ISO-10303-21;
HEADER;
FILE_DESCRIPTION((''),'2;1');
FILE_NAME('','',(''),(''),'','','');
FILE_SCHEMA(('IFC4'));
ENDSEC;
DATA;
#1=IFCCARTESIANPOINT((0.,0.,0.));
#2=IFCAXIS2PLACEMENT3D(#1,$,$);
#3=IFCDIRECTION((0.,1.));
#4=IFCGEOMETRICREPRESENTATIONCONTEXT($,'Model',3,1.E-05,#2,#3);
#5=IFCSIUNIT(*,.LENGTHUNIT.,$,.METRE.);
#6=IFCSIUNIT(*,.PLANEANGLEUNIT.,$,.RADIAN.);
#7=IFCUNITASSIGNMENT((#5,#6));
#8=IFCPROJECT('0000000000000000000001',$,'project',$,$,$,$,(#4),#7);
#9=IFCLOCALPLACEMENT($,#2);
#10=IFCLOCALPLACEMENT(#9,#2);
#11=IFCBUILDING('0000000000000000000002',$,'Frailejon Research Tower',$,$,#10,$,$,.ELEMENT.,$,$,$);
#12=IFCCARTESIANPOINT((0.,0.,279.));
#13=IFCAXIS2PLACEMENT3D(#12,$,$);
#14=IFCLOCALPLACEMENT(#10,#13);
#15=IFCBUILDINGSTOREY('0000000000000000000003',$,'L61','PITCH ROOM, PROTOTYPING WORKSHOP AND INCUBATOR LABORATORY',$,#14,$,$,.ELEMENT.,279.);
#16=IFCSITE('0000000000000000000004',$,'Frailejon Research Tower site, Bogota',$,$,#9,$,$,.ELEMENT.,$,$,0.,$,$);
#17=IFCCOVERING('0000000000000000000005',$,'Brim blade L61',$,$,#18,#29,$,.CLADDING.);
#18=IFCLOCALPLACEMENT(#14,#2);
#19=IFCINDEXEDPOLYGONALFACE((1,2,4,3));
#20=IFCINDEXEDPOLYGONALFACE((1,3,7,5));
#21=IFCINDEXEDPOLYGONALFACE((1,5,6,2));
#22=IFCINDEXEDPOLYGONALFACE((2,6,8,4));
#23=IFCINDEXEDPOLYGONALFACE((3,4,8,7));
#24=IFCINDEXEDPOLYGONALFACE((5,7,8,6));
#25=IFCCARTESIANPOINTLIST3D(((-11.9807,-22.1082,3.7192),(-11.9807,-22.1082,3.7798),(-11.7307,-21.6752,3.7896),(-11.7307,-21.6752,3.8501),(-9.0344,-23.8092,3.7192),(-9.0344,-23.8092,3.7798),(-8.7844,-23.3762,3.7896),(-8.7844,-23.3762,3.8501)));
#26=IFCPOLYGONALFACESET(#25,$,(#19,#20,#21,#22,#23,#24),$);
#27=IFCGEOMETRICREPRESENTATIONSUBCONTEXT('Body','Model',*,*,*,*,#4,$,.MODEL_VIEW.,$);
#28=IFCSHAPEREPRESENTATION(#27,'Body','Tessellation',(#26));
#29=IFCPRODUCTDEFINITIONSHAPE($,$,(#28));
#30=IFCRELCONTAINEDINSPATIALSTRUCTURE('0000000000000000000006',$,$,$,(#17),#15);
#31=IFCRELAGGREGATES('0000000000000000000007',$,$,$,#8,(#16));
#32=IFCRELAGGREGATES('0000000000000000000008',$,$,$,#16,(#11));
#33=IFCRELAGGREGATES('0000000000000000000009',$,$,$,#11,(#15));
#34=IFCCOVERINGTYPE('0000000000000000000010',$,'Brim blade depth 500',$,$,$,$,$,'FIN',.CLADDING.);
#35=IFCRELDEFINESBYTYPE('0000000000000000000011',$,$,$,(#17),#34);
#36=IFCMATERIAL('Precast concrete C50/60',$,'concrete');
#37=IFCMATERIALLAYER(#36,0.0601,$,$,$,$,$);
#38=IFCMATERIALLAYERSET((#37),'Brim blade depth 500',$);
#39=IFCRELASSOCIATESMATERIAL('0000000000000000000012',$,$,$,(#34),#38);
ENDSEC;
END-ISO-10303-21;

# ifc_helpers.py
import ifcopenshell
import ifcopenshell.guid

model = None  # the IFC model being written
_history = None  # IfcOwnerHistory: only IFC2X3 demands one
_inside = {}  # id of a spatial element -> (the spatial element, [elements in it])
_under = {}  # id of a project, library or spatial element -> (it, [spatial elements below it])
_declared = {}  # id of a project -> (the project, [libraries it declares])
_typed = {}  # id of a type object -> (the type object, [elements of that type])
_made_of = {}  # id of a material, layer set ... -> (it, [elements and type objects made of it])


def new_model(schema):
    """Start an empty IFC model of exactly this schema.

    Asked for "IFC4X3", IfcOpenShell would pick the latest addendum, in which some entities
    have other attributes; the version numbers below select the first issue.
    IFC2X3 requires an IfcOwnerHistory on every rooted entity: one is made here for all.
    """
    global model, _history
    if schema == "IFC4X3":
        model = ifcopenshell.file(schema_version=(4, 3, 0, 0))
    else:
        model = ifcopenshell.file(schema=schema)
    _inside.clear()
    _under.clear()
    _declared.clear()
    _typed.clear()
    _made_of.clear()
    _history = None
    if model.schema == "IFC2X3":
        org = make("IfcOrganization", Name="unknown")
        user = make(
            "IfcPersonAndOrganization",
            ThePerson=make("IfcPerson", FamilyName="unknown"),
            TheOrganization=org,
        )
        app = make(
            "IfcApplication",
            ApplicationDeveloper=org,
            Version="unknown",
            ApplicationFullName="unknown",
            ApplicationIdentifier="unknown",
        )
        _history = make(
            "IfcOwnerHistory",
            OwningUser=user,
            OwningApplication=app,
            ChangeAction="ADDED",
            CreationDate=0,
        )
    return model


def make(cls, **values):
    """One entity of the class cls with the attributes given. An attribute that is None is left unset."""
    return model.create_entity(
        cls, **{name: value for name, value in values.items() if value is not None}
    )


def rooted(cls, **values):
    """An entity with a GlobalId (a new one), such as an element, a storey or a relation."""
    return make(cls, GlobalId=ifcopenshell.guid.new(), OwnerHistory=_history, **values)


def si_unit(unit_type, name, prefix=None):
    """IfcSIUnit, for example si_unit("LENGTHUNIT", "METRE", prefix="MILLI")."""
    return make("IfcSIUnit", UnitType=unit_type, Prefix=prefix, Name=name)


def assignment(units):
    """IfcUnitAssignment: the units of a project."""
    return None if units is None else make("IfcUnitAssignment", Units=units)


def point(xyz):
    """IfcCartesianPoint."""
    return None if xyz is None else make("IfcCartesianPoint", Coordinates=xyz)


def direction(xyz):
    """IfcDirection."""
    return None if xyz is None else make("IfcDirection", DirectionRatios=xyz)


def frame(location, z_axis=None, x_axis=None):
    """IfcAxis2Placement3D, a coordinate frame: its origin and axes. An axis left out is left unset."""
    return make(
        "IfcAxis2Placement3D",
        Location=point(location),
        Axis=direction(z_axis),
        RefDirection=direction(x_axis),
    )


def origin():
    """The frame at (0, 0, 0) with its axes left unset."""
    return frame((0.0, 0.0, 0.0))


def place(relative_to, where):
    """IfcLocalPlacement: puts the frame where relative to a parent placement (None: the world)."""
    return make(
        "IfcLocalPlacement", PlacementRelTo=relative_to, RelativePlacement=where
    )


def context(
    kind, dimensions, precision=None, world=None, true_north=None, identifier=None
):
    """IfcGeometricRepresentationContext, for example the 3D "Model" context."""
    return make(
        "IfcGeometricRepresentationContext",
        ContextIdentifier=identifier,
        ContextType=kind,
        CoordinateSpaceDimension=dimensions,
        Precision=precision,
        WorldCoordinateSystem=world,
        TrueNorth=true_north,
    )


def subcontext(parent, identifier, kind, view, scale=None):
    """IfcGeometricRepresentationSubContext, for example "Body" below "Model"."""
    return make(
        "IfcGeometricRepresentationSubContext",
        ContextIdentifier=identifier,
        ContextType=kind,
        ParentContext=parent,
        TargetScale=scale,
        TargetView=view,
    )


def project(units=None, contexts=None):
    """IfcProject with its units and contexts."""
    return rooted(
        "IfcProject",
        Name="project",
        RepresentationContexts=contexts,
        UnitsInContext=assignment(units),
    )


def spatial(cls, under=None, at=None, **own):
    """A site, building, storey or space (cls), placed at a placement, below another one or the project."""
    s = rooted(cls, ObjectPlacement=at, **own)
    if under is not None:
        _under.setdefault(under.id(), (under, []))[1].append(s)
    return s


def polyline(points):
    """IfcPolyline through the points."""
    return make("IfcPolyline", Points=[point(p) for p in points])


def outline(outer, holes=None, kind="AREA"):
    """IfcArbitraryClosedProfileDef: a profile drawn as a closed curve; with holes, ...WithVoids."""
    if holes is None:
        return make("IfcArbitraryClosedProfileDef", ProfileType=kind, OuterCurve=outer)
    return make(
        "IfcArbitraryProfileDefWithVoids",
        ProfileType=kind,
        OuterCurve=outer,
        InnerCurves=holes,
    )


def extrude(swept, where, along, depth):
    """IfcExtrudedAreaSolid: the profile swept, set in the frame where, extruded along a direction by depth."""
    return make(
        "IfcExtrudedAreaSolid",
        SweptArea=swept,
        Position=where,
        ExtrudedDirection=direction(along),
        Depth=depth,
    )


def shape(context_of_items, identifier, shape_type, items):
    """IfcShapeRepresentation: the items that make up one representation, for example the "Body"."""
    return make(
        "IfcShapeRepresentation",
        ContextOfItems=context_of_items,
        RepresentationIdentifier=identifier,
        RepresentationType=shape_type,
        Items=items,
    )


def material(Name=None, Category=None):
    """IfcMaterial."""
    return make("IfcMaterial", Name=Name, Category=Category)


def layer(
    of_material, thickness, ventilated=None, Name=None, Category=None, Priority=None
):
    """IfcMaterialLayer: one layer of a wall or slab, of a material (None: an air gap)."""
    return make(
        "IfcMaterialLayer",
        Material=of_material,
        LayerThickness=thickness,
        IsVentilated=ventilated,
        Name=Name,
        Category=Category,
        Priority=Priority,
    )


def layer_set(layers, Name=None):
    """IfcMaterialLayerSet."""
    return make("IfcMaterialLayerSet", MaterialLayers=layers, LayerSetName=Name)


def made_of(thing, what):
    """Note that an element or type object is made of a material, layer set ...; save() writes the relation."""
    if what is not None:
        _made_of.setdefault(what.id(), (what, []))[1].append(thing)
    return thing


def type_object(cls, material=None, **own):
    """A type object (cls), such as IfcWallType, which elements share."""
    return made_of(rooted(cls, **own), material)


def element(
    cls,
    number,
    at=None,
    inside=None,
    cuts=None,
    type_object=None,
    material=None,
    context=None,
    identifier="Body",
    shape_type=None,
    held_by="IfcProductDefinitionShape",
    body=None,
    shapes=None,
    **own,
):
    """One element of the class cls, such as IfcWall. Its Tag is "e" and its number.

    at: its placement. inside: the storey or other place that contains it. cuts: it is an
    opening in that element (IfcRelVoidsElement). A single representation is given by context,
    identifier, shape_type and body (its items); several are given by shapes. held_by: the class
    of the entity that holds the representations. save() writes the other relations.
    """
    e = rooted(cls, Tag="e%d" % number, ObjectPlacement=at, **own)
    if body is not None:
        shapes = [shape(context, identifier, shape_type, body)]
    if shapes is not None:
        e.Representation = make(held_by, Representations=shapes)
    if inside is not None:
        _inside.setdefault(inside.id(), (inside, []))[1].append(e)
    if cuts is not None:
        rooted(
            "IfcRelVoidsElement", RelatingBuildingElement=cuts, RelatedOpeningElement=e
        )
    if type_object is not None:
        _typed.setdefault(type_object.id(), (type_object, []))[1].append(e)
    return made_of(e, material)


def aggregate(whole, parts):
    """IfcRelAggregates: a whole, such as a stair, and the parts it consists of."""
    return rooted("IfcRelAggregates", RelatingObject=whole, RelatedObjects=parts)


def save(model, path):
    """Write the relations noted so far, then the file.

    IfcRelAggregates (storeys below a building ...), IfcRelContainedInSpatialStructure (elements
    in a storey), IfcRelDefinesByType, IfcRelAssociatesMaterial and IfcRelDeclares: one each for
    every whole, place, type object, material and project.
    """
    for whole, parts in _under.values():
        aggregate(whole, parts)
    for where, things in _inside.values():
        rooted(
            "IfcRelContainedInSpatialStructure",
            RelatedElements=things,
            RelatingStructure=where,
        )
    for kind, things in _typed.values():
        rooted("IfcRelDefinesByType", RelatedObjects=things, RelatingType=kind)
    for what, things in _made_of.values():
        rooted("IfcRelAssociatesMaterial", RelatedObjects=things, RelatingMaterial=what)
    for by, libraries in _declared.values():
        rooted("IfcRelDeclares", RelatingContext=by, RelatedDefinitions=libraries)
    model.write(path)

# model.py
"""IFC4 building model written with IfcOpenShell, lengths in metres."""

from ifc_helpers import new_model, si_unit, direction, frame, origin, place, context, subcontext, project, spatial, polyline, outline, extrude, material, layer, layer_set, type_object, element, save


model = new_model("IFC4")

# Units and contexts
model_context = context("Model", 3, precision=1e-05, world=origin(), true_north=direction((0.0, 1.0)))
body_context = subcontext(model_context, "Body", "Model", "MODEL_VIEW")
ifc_project = project(units=[si_unit("LENGTHUNIT", "METRE"), si_unit("PLANEANGLEUNIT", "RADIAN")], contexts=[model_context])

# Site, building, storey
site_placement = place(None, origin())
site = spatial("IfcSite", under=ifc_project, at=site_placement, Name="Frailejon Research Tower site, Bogota", CompositionType="ELEMENT", RefElevation=0.0)
building_placement = place(site_placement, origin())
building = spatial("IfcBuilding", under=site, at=building_placement, Name="Frailejon Research Tower", CompositionType="ELEMENT")
storey_placement = place(building_placement, frame((0.0, 0.0, 279.0)))
storey = spatial("IfcBuildingStorey", under=building, at=storey_placement, Name="L61", Description="PITCH ROOM, PROTOTYPING WORKSHOP AND INCUBATOR LABORATORY", CompositionType="ELEMENT", Elevation=279.0)

# Covering
ifc_material_1 = material(Name="Precast concrete C50/60", Category="concrete")
ifc_layer_1 = layer(ifc_material_1, 0.0601)
ifc_layer_set_1 = layer_set([ifc_layer_1], Name="Brim blade depth 500")
covering_type_1 = type_object("IfcCoveringType", Name="Brim blade depth 500", ElementType="FIN", PredefinedType="CLADDING", material=ifc_layer_set_1)
covering_placement = place(storey_placement, frame((-8.7844, -23.3762, 3.8501), z_axis=(-0.866024, 0.500003, 0.0), x_axis=(-0.500003, -0.866024, 0.0)))
element("IfcCovering", 1, at=covering_placement, inside=storey, type_object=covering_type_1, Name="Brim blade L61", PredefinedType="CLADDING", context=body_context, shape_type="SweptSolid", body=[
    extrude(outline(polyline([(0.0, -0.0605), (0.5, -0.1309), (0.5, -0.0703), (0.0, 0.0), (0.0, -0.0605)])), origin(), (0.0, 0.0, 1.0), 3.4021),
])

save(model, "model.ifc")
